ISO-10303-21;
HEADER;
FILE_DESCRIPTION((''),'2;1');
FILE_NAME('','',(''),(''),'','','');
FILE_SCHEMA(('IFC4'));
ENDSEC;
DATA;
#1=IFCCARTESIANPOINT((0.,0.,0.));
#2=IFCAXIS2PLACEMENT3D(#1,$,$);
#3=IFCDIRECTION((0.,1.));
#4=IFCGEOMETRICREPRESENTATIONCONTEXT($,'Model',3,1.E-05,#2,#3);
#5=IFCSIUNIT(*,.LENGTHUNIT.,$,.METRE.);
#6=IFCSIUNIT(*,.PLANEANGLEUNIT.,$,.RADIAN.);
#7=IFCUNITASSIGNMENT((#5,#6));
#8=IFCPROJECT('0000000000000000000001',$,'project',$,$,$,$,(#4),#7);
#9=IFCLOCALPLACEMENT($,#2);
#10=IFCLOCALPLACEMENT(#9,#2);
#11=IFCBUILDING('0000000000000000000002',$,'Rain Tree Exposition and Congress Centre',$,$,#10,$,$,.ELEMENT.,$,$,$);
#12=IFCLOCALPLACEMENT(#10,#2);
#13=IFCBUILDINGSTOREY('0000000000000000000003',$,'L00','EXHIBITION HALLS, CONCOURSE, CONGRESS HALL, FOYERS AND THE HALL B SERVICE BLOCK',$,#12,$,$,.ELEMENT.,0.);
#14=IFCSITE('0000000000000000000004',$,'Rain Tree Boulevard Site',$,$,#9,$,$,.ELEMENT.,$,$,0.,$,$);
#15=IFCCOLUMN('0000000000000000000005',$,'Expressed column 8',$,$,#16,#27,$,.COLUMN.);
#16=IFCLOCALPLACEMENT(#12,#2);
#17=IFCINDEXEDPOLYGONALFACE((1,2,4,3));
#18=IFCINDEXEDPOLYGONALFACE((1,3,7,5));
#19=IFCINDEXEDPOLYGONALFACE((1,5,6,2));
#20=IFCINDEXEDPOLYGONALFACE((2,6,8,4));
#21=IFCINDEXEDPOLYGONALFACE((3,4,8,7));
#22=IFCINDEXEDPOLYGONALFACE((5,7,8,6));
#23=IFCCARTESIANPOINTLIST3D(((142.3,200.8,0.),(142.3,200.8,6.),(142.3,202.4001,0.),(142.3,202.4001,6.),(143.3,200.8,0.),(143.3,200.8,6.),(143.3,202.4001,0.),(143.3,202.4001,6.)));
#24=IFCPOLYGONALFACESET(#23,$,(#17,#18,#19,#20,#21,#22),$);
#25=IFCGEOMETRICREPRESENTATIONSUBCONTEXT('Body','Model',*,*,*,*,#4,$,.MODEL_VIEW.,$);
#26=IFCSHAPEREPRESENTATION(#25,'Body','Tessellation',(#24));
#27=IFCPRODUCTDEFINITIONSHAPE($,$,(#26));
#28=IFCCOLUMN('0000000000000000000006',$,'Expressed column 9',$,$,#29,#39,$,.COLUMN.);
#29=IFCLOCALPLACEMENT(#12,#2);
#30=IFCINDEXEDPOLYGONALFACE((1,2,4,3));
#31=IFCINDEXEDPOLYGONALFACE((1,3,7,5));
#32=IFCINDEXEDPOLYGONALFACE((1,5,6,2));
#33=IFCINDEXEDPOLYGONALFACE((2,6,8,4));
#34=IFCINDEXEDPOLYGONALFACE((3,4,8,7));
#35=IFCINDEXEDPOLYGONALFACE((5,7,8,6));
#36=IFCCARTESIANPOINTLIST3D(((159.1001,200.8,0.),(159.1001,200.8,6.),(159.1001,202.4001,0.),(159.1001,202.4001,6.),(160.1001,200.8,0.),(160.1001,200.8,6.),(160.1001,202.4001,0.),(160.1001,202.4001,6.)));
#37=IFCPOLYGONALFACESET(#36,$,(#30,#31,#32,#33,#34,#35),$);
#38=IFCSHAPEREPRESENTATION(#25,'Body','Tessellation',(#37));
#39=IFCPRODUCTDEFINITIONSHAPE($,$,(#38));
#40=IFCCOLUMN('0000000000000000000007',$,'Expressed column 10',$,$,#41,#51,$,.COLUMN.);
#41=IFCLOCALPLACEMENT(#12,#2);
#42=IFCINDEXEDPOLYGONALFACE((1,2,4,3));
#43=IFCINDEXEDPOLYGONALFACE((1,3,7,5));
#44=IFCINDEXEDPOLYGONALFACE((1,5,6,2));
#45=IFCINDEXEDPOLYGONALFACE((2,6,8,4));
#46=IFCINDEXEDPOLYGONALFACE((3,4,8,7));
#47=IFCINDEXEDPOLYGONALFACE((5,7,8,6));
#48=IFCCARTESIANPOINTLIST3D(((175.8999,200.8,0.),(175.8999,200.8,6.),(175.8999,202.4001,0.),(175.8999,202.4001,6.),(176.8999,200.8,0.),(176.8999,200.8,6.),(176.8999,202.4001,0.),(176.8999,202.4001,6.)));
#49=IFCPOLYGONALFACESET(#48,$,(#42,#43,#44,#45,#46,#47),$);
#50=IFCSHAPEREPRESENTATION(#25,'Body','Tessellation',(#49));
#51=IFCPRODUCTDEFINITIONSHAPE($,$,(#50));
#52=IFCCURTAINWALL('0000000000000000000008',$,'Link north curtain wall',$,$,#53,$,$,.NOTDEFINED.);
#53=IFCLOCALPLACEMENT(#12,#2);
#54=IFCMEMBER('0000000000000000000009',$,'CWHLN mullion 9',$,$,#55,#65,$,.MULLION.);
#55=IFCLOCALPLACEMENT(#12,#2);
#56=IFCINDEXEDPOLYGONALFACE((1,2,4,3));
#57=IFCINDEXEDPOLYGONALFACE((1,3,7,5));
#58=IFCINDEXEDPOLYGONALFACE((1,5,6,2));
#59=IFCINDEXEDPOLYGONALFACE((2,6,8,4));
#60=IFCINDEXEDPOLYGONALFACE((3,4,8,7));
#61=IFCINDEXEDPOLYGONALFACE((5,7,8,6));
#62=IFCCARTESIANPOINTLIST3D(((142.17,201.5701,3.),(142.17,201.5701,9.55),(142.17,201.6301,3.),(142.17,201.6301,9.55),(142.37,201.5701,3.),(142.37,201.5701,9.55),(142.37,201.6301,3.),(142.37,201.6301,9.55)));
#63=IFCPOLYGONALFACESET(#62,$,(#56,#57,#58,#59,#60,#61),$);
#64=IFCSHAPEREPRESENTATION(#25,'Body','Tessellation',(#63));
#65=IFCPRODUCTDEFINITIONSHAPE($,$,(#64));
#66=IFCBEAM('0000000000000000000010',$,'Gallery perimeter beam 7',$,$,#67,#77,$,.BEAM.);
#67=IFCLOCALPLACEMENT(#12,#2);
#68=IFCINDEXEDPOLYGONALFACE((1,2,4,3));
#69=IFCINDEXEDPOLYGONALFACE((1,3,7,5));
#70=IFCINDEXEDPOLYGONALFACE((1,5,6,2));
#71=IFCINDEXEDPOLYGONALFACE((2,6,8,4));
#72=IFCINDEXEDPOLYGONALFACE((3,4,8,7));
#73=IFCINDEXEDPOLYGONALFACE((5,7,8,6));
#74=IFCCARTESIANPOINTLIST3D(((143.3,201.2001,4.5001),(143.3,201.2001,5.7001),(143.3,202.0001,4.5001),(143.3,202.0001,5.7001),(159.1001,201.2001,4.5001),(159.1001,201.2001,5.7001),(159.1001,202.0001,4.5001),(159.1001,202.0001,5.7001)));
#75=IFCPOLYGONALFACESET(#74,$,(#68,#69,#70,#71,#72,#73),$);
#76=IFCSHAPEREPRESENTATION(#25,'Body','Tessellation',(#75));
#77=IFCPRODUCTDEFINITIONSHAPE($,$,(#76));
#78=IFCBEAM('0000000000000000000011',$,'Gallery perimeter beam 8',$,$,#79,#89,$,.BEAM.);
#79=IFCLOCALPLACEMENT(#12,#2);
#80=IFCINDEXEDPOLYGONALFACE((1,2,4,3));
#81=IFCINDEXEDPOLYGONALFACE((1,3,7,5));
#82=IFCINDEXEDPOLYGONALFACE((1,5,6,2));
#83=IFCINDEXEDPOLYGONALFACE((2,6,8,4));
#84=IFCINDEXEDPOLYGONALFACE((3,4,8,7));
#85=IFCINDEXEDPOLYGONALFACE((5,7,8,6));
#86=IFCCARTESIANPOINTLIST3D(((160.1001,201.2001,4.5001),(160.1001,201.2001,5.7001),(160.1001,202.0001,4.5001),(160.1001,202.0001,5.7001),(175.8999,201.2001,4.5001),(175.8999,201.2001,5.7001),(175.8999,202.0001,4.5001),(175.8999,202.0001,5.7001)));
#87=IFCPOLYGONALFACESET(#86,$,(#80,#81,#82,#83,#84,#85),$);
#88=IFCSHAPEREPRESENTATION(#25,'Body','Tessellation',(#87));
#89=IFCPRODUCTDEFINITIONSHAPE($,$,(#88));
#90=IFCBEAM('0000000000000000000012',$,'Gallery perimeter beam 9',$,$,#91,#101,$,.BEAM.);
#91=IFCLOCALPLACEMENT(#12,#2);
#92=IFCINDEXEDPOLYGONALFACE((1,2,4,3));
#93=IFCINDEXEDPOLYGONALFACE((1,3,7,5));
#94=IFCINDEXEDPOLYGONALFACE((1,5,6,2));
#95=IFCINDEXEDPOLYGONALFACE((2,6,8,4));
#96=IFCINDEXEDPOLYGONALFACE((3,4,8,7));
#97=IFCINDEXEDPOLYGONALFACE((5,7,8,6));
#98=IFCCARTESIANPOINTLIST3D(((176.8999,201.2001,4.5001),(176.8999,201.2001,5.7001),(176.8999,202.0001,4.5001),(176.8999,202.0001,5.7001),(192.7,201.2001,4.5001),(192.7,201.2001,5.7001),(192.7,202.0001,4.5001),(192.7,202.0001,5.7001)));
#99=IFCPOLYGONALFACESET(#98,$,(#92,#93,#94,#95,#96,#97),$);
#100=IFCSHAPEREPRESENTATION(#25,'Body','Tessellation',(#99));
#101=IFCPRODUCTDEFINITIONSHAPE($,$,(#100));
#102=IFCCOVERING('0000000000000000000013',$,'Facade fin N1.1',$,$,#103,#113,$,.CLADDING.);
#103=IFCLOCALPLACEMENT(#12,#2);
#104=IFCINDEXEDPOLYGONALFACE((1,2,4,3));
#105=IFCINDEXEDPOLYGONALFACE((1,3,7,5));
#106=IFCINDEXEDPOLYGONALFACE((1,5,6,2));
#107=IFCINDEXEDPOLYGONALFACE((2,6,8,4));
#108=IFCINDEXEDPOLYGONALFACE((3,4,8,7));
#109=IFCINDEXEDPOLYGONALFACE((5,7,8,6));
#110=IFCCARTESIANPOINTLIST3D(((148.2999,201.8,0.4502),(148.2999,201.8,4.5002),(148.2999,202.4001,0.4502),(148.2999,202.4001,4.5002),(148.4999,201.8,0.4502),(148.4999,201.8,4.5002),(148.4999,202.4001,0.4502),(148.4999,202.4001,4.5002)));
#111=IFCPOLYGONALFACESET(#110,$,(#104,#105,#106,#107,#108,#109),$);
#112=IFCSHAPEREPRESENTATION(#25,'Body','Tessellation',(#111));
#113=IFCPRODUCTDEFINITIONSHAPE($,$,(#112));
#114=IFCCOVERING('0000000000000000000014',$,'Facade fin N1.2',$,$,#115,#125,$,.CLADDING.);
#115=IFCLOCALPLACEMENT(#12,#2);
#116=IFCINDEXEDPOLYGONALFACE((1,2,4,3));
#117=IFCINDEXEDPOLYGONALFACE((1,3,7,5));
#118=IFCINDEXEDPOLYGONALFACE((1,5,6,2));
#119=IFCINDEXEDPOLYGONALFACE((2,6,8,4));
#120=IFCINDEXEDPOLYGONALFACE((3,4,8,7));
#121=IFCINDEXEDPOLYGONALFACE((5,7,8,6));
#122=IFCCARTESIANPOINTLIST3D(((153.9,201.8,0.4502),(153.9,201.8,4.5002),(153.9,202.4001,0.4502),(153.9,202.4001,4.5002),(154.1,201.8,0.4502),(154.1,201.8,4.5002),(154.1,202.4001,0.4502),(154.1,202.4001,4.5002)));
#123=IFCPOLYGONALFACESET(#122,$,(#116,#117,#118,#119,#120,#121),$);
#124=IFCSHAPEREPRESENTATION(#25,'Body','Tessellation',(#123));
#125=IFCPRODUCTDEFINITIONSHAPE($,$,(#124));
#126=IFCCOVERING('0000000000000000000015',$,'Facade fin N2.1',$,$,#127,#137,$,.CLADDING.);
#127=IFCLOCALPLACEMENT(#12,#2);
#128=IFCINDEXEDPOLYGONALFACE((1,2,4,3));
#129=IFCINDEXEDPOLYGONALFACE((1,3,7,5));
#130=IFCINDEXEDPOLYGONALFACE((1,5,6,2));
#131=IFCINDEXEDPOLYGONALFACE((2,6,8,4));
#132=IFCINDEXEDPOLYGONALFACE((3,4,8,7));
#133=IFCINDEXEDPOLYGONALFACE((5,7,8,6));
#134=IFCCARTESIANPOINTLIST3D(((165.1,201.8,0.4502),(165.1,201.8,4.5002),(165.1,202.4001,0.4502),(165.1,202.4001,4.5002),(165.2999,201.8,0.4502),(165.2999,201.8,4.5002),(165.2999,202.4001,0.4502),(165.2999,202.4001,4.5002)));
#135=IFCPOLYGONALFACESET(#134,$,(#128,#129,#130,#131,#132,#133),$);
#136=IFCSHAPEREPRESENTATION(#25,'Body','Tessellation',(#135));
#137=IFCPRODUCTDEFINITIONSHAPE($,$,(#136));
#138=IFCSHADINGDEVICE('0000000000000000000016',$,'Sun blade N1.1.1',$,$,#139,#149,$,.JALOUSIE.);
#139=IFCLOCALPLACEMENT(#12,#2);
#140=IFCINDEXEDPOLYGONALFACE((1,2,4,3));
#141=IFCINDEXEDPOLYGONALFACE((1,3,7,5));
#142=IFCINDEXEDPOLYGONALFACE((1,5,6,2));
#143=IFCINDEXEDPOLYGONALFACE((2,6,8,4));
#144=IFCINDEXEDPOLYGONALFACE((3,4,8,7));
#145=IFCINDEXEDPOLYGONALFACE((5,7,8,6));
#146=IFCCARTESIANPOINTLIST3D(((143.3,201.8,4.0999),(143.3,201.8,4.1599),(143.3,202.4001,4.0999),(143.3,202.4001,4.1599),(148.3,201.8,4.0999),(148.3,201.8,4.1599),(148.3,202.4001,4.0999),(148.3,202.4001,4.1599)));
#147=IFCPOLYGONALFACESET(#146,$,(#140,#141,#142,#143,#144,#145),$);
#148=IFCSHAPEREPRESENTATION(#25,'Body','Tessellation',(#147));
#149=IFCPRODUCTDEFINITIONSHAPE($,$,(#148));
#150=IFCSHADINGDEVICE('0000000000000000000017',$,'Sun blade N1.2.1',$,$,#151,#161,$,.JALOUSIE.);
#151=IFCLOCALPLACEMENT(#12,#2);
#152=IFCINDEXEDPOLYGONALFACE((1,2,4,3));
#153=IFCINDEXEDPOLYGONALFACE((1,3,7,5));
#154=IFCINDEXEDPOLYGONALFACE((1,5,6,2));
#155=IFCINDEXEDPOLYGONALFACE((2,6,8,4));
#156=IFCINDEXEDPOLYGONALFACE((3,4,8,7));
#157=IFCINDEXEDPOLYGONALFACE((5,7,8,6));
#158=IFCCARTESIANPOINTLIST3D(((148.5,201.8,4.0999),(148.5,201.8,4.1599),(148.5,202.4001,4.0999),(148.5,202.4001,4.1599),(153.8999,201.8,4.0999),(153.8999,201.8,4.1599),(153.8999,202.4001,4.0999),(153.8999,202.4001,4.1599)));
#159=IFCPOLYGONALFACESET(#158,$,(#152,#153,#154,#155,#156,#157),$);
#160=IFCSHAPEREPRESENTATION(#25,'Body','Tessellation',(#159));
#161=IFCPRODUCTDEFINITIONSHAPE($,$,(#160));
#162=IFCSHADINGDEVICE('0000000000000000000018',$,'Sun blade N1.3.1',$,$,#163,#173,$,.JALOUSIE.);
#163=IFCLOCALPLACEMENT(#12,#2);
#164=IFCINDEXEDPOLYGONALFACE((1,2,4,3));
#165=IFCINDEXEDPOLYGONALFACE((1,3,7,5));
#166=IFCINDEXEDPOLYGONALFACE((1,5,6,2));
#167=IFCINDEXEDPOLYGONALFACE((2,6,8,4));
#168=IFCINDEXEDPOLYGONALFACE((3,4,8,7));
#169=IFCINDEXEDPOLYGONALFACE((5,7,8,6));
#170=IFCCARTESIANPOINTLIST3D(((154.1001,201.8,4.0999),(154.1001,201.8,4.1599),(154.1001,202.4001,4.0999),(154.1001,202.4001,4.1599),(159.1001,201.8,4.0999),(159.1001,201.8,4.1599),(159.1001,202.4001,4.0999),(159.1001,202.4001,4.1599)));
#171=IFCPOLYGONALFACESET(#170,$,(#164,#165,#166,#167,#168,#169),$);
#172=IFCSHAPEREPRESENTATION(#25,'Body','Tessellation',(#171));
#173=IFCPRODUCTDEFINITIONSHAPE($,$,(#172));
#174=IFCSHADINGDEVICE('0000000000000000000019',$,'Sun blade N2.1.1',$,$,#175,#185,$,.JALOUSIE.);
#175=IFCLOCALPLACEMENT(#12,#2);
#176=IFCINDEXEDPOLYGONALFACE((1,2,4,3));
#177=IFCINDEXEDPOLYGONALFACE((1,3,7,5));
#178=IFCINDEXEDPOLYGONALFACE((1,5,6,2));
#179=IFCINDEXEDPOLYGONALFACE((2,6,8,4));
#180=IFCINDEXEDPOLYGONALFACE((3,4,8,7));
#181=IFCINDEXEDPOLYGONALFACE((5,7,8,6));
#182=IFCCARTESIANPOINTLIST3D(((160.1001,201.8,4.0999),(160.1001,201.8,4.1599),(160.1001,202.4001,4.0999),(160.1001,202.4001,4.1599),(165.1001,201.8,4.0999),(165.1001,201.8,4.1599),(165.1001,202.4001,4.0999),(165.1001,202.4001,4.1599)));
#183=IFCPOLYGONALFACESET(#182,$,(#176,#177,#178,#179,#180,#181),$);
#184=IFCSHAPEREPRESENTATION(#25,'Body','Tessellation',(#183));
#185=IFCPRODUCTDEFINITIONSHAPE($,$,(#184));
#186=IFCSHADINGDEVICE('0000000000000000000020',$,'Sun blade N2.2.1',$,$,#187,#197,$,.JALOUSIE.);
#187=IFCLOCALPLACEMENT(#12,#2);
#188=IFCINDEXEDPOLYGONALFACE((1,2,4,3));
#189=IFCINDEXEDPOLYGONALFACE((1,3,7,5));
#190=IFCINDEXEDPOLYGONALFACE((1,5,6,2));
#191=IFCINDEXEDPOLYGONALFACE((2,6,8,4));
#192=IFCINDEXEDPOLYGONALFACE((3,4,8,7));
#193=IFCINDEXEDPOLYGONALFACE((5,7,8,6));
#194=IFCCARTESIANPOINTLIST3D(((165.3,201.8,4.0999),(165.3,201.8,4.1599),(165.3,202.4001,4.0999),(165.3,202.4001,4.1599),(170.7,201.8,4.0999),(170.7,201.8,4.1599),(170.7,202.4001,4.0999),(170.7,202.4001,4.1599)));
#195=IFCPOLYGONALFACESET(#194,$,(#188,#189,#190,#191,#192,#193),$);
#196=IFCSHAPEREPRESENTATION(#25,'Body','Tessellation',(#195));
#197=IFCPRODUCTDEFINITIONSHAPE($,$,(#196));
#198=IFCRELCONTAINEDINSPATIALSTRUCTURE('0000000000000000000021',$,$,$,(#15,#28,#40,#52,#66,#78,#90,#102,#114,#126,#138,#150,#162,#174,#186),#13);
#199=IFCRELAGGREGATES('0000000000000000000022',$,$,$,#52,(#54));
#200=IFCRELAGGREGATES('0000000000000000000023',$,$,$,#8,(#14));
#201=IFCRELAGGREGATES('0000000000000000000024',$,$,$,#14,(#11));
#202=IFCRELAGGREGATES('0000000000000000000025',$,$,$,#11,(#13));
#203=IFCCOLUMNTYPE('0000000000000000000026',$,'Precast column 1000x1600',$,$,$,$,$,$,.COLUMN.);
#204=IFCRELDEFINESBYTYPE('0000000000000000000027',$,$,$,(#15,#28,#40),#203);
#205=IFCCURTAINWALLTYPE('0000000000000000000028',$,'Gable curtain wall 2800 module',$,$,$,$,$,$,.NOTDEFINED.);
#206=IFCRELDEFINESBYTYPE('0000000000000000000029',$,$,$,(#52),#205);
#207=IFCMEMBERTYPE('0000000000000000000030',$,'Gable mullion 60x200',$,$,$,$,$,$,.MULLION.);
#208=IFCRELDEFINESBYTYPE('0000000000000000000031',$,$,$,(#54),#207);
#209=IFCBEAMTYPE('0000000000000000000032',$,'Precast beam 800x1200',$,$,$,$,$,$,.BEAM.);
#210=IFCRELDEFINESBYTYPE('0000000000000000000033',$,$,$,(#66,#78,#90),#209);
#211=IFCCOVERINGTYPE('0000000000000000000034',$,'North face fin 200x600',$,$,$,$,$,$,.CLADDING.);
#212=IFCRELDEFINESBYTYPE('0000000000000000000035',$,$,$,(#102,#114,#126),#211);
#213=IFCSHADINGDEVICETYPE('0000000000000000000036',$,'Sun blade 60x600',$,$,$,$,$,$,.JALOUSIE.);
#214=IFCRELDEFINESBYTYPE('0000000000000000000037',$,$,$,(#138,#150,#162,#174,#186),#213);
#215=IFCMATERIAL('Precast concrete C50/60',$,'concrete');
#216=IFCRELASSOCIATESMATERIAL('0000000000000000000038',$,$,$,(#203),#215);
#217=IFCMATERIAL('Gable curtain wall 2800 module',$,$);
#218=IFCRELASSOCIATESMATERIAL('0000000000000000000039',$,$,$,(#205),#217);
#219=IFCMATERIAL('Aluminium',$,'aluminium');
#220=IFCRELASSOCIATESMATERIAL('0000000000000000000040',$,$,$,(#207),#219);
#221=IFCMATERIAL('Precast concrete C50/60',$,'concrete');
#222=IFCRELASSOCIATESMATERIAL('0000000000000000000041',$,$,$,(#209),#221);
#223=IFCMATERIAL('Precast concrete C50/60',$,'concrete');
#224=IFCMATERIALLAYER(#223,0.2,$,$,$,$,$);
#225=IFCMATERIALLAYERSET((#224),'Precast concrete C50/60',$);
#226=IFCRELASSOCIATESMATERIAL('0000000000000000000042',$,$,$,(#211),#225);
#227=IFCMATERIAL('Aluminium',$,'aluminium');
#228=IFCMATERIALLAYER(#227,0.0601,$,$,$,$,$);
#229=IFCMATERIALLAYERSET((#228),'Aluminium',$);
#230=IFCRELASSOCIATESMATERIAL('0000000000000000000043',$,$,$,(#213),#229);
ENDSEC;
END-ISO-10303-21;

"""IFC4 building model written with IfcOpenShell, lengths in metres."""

from ifc_helpers import new_model, si_unit, direction, frame, origin, origin_2d, place, context, subcontext, project, spatial, rectangle, extrude, material, layer, layer_set, material_profile, profile_set, type_object, element, aggregate, save


model = new_model("IFC4")

# Units and contexts
model_context = context("Model", 3, precision=1e-05, world=origin(), true_north=direction((0.0, 1.0)))
body_context = subcontext(model_context, "Body", "Model", "MODEL_VIEW")
ifc_project = project(units=[si_unit("LENGTHUNIT", "METRE"), si_unit("PLANEANGLEUNIT", "RADIAN")], contexts=[model_context])

# Site, building, storey
site_placement = place(None, origin())
site = spatial("IfcSite", under=ifc_project, at=site_placement, Name="Rain Tree Boulevard Site", CompositionType="ELEMENT", RefElevation=0.0)
building_placement = place(site_placement, origin())
building = spatial("IfcBuilding", under=site, at=building_placement, Name="Rain Tree Exposition and Congress Centre", CompositionType="ELEMENT")
storey_placement = place(building_placement, origin())
storey = spatial("IfcBuildingStorey", under=building, at=storey_placement, Name="L00", Description="EXHIBITION HALLS, CONCOURSE, CONGRESS HALL, FOYERS AND THE HALL B SERVICE BLOCK", CompositionType="ELEMENT", Elevation=0.0)

# Columns
ifc_material_1 = material(Name="Precast concrete C50/60", Category="concrete")
ifc_material_profile_1 = material_profile(ifc_material_1, rectangle(XDim=1.0, YDim=1.6001, at=origin_2d()), Name="RC 1000x1600")
ifc_profile_set_1 = profile_set([ifc_material_profile_1], Name="Precast concrete C50/60")
column_type = type_object("IfcColumnType", Name="Precast column 1000x1600", PredefinedType="COLUMN", material=ifc_profile_set_1)
for number, where, z_axis, x_axis, name in (
    (1, (142.8, 201.6001, 0.0), (0.0, 0.0, 1.0), (1.0, 0.0, 0.0), "Expressed column 8"),
    (2, (159.6001, 201.6001, 0.0), (0.0, 0.0, 1.0), (1.0, 0.0, 0.0), "Expressed column 9"),
    (3, (176.3999, 201.6001, 0.0), (0.0, 0.0, 1.0), (1.0, 0.0, 0.0), "Expressed column 10"),
):
    element("IfcColumn", number, at=place(storey_placement, frame(where, z_axis=z_axis, x_axis=x_axis)), inside=storey, type_object=column_type, Name=name, PredefinedType="COLUMN", context=body_context, shape_type="SweptSolid", body=[
        extrude(rectangle(XDim=1.0, YDim=1.6001, at=origin_2d()), origin(), (0.0, 0.0, 1.0), 6.0),
    ])

# Curtain wall, member
ifc_material_2 = material(Name="Gable curtain wall 2800 module")
curtain_wall_type = type_object("IfcCurtainWallType", Name="Gable curtain wall 2800 module", PredefinedType="NOTDEFINED", material=ifc_material_2)
curtain_wall_placement = place(storey_placement, origin())
curtain_wall = element("IfcCurtainWall", 4, at=curtain_wall_placement, inside=storey, type_object=curtain_wall_type, Name="Link north curtain wall", PredefinedType="NOTDEFINED")
ifc_material_3 = material(Name="Aluminium", Category="aluminium")
ifc_material_profile_2 = material_profile(ifc_material_3, rectangle(XDim=0.0601, YDim=0.2, at=origin_2d()), Name="Aluminium 60x200")
ifc_profile_set_2 = profile_set([ifc_material_profile_2], Name="Aluminium")
member_type = type_object("IfcMemberType", Name="Gable mullion 60x200", PredefinedType="MULLION", material=ifc_profile_set_2)
member_placement = place(storey_placement, frame((142.27, 201.6001, 3.0), z_axis=(0.0, 0.0, 1.0), x_axis=(0.0, 1.0, 0.0)))
member = element("IfcMember", 5, at=member_placement, type_object=member_type, Name="CWHLN mullion 9", PredefinedType="MULLION", context=body_context, shape_type="SweptSolid", body=[
    extrude(rectangle(XDim=0.0601, YDim=0.2, at=origin_2d()), origin(), (0.0, 0.0, 1.0), 6.55),
])
aggregate(curtain_wall, [member])

# Beams
ifc_material_4 = material(Name="Precast concrete C50/60", Category="concrete")
ifc_material_profile_3 = material_profile(ifc_material_4, rectangle(XDim=0.8, YDim=1.2, at=origin_2d()), Name="RC 800x1200")
ifc_profile_set_3 = profile_set([ifc_material_profile_3], Name="Precast concrete C50/60")
beam_type = type_object("IfcBeamType", Name="Precast beam 800x1200", PredefinedType="BEAM", material=ifc_profile_set_3)
beam_1_placement = place(storey_placement, frame((143.3, 201.6001, 5.1001), z_axis=(1.0, 0.0, 0.0), x_axis=(0.0, 1.0, 0.0)))
element("IfcBeam", 6, at=beam_1_placement, inside=storey, type_object=beam_type, Name="Gallery perimeter beam 7", PredefinedType="BEAM", context=body_context, shape_type="SweptSolid", body=[
    extrude(rectangle(XDim=0.8, YDim=1.2, at=origin_2d()), origin(), (0.0, 0.0, 1.0), 15.8),
])
beam_2_placement = place(storey_placement, frame((160.1001, 201.6001, 5.1001), z_axis=(1.0, 0.0, 0.0), x_axis=(0.0, 1.0, 0.0)))
element("IfcBeam", 7, at=beam_2_placement, inside=storey, type_object=beam_type, Name="Gallery perimeter beam 8", PredefinedType="BEAM", context=body_context, shape_type="SweptSolid", body=[
    extrude(rectangle(XDim=0.8, YDim=1.2, at=origin_2d()), origin(), (0.0, 0.0, 1.0), 15.7998),
])
beam_3_placement = place(storey_placement, frame((176.8999, 201.6001, 5.1001), z_axis=(1.0, 0.0, 0.0), x_axis=(0.0, 1.0, 0.0)))
element("IfcBeam", 8, at=beam_3_placement, inside=storey, type_object=beam_type, Name="Gallery perimeter beam 9", PredefinedType="BEAM", context=body_context, shape_type="SweptSolid", body=[
    extrude(rectangle(XDim=0.8, YDim=1.2, at=origin_2d()), origin(), (0.0, 0.0, 1.0), 15.8),
])

# Coverings
ifc_material_5 = material(Name="Precast concrete C50/60", Category="concrete")
ifc_layer_1 = layer(ifc_material_5, 0.2)
ifc_layer_set_1 = layer_set([ifc_layer_1], Name="Precast concrete C50/60")
covering_type = type_object("IfcCoveringType", Name="North face fin 200x600", PredefinedType="CLADDING", material=ifc_layer_set_1)
for number, where, z_axis, x_axis, name in (
    (9, (148.3999, 202.1001, 0.4502), (0.0, 0.0, 1.0), (1.0, 0.0, 0.0), "Facade fin N1.1"),
    (10, (154.0, 202.1001, 0.4502), (0.0, 0.0, 1.0), (1.0, 0.0, 0.0), "Facade fin N1.2"),
    (11, (165.2, 202.1001, 0.4502), (0.0, 0.0, 1.0), (1.0, 0.0, 0.0), "Facade fin N2.1"),
):
    element("IfcCovering", number, at=place(storey_placement, frame(where, z_axis=z_axis, x_axis=x_axis)), inside=storey, type_object=covering_type, Name=name, PredefinedType="CLADDING", context=body_context, shape_type="SweptSolid", body=[
        extrude(rectangle(XDim=0.2, YDim=0.6001, at=origin_2d()), origin(), (0.0, 0.0, 1.0), 4.05),
    ])

# Shading devices
ifc_material_6 = material(Name="Aluminium", Category="aluminium")
ifc_layer_2 = layer(ifc_material_6, 0.0601)
ifc_layer_set_2 = layer_set([ifc_layer_2], Name="Aluminium")
shading_device_type = type_object("IfcShadingDeviceType", Name="Sun blade 60x600", PredefinedType="JALOUSIE", material=ifc_layer_set_2)
shading_device_1_placement = place(storey_placement, frame((145.8, 202.1001, 4.0999), z_axis=(0.0, 0.0, 1.0), x_axis=(1.0, 0.0, 0.0)))
element("IfcShadingDevice", 12, at=shading_device_1_placement, inside=storey, type_object=shading_device_type, Name="Sun blade N1.1.1", PredefinedType="JALOUSIE", context=body_context, shape_type="SweptSolid", body=[
    extrude(rectangle(XDim=5.0, YDim=0.6001, at=origin_2d()), origin(), (0.0, 0.0, 1.0), 0.0601),
])
shading_device_2_placement = place(storey_placement, frame((151.2, 202.1001, 4.0999), z_axis=(0.0, 0.0, 1.0), x_axis=(1.0, 0.0, 0.0)))
element("IfcShadingDevice", 13, at=shading_device_2_placement, inside=storey, type_object=shading_device_type, Name="Sun blade N1.2.1", PredefinedType="JALOUSIE", context=body_context, shape_type="SweptSolid", body=[
    extrude(rectangle(XDim=5.3999, YDim=0.6001, at=origin_2d()), origin(), (0.0, 0.0, 1.0), 0.0601),
])
for number, where, z_axis, x_axis, name in (
    (14, (156.6001, 202.1001, 4.0999), (0.0, 0.0, 1.0), (1.0, 0.0, 0.0), "Sun blade N1.3.1"),
    (15, (162.6001, 202.1001, 4.0999), (0.0, 0.0, 1.0), (1.0, 0.0, 0.0), "Sun blade N2.1.1"),
):
    element("IfcShadingDevice", number, at=place(storey_placement, frame(where, z_axis=z_axis, x_axis=x_axis)), inside=storey, type_object=shading_device_type, Name=name, PredefinedType="JALOUSIE", context=body_context, shape_type="SweptSolid", body=[
        extrude(rectangle(XDim=5.0, YDim=0.6001, at=origin_2d()), origin(), (0.0, 0.0, 1.0), 0.0601),
    ])
shading_device_3_placement = place(storey_placement, frame((168.0, 202.1001, 4.0999), z_axis=(0.0, 0.0, 1.0), x_axis=(1.0, 0.0, 0.0)))
element("IfcShadingDevice", 16, at=shading_device_3_placement, inside=storey, type_object=shading_device_type, Name="Sun blade N2.2.1", PredefinedType="JALOUSIE", context=body_context, shape_type="SweptSolid", body=[
    extrude(rectangle(XDim=5.3999, YDim=0.6001, at=origin_2d()), origin(), (0.0, 0.0, 1.0), 0.0601),
])

save(model, "model.ifc")
